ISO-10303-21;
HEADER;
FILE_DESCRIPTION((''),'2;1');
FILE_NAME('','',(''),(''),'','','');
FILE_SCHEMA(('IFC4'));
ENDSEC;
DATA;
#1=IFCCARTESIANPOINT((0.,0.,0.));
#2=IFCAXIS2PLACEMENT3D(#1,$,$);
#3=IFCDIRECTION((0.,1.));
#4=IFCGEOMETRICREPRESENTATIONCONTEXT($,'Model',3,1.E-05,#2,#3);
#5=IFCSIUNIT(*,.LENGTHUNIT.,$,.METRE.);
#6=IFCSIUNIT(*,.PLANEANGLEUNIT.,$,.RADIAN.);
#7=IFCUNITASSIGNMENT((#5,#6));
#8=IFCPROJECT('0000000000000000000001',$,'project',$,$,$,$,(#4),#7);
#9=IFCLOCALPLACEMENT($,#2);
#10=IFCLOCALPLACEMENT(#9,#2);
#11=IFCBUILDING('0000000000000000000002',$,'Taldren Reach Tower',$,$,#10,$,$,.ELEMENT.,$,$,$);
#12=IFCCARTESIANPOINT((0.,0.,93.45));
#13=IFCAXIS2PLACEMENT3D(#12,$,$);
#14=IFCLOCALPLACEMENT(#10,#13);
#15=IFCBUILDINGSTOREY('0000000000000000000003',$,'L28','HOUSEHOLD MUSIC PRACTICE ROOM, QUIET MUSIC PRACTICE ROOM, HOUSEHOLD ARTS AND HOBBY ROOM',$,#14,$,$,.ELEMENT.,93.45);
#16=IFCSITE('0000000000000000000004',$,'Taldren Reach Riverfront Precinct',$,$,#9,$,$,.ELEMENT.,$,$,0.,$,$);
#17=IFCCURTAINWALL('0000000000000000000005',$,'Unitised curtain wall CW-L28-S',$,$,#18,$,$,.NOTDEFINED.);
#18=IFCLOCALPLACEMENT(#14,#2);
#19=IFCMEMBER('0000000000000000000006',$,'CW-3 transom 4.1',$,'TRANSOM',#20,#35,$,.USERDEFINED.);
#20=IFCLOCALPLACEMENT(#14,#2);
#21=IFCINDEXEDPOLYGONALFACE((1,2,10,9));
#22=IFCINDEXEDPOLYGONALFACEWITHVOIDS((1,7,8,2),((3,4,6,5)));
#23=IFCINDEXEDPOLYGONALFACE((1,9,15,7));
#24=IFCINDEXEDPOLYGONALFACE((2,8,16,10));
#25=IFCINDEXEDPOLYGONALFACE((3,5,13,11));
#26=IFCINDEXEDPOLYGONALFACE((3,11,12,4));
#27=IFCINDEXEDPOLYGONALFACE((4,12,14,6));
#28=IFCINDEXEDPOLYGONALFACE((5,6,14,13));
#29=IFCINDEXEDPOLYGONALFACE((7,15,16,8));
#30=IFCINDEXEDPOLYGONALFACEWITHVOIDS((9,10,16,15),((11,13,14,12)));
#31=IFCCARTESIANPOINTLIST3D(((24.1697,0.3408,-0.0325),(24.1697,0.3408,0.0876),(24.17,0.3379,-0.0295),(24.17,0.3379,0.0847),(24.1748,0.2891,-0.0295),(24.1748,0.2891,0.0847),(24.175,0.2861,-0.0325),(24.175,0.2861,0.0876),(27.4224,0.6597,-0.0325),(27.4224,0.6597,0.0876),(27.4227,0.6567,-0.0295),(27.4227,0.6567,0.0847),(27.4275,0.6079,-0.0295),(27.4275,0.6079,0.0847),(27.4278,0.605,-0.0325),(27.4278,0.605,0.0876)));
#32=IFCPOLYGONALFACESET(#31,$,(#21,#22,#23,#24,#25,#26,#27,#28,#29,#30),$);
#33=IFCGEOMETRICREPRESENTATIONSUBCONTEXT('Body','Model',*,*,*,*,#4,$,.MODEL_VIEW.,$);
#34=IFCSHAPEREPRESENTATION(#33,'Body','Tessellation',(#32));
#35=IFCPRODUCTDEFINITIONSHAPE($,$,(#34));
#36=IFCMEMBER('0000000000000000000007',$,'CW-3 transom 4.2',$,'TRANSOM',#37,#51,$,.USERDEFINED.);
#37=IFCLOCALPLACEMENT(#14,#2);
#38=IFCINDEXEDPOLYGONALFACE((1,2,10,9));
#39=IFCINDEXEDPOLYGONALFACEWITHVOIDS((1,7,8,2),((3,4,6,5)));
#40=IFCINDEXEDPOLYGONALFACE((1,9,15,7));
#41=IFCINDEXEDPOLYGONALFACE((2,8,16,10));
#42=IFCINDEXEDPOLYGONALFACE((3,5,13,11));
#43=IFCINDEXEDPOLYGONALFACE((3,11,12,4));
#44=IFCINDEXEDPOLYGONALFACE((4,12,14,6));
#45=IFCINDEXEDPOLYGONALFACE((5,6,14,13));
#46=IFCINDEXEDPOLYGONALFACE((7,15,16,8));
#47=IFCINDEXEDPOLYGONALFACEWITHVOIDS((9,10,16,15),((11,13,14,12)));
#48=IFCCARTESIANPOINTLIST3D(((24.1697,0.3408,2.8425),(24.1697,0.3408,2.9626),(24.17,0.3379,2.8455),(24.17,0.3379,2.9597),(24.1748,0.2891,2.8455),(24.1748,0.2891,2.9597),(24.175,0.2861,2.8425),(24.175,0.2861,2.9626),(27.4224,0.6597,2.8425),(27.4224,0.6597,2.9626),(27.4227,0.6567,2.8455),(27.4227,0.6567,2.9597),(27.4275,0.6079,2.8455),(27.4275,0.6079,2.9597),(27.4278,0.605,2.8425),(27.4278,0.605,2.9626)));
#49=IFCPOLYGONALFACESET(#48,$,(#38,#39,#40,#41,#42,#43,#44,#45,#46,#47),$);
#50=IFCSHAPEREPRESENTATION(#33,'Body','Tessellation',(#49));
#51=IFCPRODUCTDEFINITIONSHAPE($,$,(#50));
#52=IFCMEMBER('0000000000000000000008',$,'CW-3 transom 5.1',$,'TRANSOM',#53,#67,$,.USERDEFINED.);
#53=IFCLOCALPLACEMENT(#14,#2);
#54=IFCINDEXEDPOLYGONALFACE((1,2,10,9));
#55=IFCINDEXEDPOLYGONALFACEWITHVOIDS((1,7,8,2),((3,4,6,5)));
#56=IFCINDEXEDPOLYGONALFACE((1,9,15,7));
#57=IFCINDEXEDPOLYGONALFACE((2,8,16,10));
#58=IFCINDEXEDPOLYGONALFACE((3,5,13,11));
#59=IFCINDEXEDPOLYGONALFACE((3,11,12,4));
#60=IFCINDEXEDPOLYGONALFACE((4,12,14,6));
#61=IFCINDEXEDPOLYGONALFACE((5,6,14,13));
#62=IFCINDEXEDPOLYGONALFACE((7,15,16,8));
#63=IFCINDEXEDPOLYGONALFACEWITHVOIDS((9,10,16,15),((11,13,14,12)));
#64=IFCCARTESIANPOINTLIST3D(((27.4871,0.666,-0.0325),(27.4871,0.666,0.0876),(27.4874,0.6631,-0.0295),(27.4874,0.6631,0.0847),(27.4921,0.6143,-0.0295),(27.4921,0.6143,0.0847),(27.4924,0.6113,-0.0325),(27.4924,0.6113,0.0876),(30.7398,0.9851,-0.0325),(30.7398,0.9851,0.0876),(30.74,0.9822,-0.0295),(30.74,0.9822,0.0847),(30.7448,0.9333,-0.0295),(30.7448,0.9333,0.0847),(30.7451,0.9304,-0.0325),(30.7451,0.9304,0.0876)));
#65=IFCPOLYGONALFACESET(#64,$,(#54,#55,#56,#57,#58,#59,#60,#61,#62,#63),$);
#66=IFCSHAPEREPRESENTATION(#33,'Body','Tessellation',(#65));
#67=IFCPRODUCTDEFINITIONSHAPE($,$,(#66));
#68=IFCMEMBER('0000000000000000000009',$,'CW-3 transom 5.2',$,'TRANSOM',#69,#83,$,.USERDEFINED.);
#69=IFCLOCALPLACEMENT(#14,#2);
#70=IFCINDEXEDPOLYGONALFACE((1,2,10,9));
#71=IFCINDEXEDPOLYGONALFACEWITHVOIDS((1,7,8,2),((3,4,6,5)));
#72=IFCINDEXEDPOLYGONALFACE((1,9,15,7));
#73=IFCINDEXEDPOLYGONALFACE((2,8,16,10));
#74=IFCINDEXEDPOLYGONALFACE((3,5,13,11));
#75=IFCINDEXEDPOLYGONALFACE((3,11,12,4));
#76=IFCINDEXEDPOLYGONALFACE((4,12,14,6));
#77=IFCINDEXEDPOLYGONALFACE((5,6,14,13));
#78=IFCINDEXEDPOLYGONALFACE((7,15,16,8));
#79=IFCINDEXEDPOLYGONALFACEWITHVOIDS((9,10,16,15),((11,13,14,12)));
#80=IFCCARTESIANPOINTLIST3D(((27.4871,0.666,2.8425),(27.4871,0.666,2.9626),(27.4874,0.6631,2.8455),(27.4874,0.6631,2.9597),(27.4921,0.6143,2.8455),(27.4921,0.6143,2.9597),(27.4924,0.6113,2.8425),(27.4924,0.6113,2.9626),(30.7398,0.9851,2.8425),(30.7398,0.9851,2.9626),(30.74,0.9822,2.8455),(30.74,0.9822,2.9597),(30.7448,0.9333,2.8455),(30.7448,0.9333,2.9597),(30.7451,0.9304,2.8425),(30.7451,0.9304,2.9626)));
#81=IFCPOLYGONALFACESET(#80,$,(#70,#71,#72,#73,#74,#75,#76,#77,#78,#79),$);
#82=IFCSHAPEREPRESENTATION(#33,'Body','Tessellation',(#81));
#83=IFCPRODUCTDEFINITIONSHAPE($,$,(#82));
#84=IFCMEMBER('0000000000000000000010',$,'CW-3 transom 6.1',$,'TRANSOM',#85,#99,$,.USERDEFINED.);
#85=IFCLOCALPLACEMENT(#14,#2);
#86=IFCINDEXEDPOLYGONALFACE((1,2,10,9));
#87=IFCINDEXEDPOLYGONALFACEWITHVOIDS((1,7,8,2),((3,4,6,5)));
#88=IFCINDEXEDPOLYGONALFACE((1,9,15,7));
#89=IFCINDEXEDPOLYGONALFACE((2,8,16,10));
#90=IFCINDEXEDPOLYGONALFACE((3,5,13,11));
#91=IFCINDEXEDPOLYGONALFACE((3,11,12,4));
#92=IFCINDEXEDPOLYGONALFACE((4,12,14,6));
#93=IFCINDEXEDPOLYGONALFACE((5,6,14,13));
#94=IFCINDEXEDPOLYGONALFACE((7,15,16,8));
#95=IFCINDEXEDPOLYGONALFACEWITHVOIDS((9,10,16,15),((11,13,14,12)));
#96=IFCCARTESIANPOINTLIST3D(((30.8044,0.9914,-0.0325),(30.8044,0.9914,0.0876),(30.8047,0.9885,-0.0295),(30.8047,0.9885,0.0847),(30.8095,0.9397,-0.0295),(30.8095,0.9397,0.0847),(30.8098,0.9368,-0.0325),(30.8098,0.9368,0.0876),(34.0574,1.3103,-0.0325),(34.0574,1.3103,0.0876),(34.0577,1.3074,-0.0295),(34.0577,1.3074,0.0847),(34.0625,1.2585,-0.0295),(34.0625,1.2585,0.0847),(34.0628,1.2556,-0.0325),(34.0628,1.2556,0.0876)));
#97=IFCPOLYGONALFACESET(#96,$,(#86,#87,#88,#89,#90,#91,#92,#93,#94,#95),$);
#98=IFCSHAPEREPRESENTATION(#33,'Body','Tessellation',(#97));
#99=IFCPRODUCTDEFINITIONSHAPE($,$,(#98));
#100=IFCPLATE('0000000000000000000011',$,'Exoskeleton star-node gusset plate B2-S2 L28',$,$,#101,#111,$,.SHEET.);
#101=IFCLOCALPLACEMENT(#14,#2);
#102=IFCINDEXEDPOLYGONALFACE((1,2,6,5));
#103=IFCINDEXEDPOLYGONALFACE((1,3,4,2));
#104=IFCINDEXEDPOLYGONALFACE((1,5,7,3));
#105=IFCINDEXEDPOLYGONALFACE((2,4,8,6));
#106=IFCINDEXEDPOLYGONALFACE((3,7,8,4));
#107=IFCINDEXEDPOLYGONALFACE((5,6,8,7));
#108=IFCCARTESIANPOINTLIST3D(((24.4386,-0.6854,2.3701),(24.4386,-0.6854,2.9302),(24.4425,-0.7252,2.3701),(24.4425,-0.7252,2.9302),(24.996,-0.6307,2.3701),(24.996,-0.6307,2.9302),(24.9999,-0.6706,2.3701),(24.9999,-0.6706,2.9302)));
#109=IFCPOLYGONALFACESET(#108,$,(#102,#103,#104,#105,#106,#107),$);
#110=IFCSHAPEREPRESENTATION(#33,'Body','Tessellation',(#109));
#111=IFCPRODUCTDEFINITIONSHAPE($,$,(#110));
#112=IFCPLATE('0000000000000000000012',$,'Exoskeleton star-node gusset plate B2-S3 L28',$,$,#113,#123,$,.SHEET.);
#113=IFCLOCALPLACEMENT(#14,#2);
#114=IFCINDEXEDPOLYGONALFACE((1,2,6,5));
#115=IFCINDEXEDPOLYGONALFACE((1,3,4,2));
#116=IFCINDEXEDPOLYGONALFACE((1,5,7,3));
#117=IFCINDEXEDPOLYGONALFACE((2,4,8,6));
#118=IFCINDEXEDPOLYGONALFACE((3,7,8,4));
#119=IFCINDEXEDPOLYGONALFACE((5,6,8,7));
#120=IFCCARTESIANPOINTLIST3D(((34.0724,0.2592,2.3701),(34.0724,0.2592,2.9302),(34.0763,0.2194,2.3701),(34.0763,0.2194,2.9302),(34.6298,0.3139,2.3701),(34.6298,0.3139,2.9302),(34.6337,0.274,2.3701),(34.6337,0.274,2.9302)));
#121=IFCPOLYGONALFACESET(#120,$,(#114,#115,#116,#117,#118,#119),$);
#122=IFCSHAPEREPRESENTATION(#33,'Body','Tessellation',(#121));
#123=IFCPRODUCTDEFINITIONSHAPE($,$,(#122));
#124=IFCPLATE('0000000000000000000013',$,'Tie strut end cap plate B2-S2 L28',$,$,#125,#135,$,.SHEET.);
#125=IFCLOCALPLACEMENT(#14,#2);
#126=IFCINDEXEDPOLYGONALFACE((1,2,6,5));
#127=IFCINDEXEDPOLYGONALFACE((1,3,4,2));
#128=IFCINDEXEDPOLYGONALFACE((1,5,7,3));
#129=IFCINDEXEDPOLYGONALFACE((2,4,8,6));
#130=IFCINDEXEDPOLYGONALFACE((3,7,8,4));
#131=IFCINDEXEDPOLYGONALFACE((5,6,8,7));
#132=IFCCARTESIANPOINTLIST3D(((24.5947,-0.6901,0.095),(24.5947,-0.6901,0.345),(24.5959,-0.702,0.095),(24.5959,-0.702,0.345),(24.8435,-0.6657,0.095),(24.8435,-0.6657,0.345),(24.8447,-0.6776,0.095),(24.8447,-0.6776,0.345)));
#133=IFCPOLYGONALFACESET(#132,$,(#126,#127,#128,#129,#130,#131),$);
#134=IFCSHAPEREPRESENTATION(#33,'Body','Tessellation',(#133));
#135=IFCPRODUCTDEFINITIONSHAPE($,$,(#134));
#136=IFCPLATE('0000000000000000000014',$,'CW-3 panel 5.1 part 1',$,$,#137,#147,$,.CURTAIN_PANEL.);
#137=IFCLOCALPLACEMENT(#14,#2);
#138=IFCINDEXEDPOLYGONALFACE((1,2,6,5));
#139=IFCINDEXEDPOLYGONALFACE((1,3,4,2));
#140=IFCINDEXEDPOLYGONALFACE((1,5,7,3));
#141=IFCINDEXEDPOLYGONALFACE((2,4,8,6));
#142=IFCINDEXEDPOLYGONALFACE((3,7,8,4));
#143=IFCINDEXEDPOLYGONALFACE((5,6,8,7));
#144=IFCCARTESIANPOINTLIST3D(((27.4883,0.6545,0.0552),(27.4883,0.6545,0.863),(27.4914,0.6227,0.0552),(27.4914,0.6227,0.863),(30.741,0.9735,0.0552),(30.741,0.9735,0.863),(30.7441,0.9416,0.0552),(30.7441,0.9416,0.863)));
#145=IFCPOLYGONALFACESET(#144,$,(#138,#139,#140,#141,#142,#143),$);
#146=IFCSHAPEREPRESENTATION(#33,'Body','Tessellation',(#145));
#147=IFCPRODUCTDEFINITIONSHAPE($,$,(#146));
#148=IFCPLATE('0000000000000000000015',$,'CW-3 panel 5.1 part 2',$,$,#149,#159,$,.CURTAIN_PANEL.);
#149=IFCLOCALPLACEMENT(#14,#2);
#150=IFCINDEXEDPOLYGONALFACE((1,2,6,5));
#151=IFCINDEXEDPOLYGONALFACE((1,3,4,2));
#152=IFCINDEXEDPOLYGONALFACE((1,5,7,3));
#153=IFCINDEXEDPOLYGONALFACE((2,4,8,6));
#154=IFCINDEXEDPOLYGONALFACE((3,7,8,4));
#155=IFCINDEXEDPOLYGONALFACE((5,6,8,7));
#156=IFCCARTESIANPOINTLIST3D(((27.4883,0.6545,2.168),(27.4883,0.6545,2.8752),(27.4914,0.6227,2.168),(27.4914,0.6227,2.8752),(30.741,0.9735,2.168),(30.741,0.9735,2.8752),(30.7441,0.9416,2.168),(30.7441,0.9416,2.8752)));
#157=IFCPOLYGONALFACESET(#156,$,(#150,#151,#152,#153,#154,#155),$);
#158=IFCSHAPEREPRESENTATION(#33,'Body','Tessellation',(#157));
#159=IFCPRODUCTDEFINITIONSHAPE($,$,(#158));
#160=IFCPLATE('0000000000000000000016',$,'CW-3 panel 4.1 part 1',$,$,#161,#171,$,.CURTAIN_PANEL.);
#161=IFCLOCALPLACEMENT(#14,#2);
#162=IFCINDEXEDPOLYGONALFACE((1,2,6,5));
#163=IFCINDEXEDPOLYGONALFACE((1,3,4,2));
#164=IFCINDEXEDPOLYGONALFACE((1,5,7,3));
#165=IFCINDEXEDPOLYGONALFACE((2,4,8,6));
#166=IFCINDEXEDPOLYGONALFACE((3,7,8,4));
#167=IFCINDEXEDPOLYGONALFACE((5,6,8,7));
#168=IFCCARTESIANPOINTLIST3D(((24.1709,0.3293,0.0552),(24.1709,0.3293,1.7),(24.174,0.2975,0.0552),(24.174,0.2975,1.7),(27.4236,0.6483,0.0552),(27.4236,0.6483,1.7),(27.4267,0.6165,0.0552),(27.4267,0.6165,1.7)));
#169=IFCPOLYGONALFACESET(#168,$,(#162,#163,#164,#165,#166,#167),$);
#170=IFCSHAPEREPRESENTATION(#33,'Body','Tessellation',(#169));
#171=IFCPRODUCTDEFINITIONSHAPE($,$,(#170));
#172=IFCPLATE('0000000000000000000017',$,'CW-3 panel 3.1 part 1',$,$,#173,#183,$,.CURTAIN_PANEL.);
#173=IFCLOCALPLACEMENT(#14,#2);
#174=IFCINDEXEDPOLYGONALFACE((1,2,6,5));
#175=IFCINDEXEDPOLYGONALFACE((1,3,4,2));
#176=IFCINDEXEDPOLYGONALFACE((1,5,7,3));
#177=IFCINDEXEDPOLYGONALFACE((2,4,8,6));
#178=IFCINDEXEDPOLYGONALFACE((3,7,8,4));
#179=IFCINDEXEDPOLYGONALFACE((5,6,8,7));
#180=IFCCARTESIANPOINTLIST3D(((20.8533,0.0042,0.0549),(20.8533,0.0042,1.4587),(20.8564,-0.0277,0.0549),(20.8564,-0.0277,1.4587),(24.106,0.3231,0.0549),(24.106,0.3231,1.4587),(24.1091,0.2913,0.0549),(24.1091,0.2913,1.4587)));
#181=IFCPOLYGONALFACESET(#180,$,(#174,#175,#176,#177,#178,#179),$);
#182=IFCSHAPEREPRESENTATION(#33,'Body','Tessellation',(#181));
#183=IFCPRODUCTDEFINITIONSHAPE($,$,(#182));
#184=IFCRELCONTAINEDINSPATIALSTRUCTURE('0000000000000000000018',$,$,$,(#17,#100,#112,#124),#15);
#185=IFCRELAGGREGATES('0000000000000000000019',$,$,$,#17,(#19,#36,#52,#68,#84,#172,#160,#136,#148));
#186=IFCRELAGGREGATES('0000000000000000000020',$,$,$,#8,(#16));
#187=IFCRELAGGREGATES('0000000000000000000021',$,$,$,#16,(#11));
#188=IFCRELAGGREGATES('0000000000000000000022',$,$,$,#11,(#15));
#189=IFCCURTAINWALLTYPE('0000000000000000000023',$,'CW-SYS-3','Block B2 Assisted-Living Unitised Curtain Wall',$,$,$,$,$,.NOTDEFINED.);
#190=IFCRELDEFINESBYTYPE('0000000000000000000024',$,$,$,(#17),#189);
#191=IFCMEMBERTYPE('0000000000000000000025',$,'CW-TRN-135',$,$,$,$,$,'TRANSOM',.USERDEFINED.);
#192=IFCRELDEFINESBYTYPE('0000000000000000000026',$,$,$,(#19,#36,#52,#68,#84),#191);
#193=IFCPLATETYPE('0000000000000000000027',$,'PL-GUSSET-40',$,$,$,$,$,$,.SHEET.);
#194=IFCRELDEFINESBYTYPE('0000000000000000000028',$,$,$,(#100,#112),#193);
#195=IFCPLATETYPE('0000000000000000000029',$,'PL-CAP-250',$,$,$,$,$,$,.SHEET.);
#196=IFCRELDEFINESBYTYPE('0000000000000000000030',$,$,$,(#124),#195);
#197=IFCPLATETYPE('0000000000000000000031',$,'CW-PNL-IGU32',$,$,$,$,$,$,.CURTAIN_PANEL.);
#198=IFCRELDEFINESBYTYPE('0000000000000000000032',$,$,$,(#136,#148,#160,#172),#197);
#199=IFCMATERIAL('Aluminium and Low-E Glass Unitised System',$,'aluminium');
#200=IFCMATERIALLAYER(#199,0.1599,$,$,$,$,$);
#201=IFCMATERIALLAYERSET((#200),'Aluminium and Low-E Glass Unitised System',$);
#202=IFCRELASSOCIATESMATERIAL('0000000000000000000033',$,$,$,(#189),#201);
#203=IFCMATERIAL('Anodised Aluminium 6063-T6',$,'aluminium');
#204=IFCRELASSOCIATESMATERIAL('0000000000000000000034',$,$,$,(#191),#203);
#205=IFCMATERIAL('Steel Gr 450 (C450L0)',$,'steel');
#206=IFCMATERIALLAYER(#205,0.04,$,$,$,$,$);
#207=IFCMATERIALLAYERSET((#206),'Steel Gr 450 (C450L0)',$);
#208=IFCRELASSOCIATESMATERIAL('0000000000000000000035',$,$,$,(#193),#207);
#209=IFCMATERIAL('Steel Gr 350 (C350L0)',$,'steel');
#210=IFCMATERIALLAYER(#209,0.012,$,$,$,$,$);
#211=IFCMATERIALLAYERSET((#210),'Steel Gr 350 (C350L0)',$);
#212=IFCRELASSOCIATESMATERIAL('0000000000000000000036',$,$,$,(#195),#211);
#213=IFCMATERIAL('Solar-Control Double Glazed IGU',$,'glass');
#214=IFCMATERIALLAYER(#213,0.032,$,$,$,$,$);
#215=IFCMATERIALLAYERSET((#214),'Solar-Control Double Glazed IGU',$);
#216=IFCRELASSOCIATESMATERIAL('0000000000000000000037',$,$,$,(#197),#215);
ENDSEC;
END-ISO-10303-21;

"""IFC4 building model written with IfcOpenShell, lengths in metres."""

from ifc_helpers import new_model, si_unit, direction, frame, origin, origin_2d, place, context, subcontext, project, spatial, rectangle, hollow_rectangle, extrude, source, transform, mapped, material, layer, layer_set, material_profile, profile_set, type_object, element, aggregate, save


model = new_model("IFC4")

# Units and contexts
model_context = context("Model", 3, precision=1e-05, world=origin(), true_north=direction((0.0, 1.0)))
body_context = subcontext(model_context, "Body", "Model", "MODEL_VIEW")
ifc_project = project(units=[si_unit("LENGTHUNIT", "METRE"), si_unit("PLANEANGLEUNIT", "RADIAN")], contexts=[model_context])

# Site, building, storey
site_placement = place(None, origin())
site = spatial("IfcSite", under=ifc_project, at=site_placement, Name="Taldren Reach Riverfront Precinct", CompositionType="ELEMENT", RefElevation=0.0)
building_placement = place(site_placement, origin())
building = spatial("IfcBuilding", under=site, at=building_placement, Name="Taldren Reach Tower", CompositionType="ELEMENT")
storey_placement = place(building_placement, frame((0.0, 0.0, 93.45)))
storey = spatial("IfcBuildingStorey", under=building, at=storey_placement, Name="L28", Description="HOUSEHOLD MUSIC PRACTICE ROOM, QUIET MUSIC PRACTICE ROOM, HOUSEHOLD ARTS AND HOBBY ROOM", CompositionType="ELEMENT", Elevation=93.45)

# Shared definitions
ifc_material_1 = material(Name="Steel Gr 450 (C450L0)", Category="steel")
ifc_material_2 = material(Name="Steel Gr 350 (C350L0)", Category="steel")

# Curtain wall, members
ifc_material_3 = material(Name="Aluminium and Low-E Glass Unitised System", Category="aluminium")
ifc_layer_1 = layer(ifc_material_3, 0.1599)
ifc_layer_set_1 = layer_set([ifc_layer_1], Name="Aluminium and Low-E Glass Unitised System")
curtain_wall_type = type_object("IfcCurtainWallType", Name="CW-SYS-3", Description="Block B2 Assisted-Living Unitised Curtain Wall", PredefinedType="NOTDEFINED", material=ifc_layer_set_1)
curtain_wall_placement = place(storey_placement, origin())
curtain_wall = element("IfcCurtainWall", 1, at=curtain_wall_placement, inside=storey, type_object=curtain_wall_type, Name="Unitised curtain wall CW-L28-S", PredefinedType="NOTDEFINED")
ifc_material_4 = material(Name="Anodised Aluminium 6063-T6", Category="aluminium")
ifc_material_profile_1 = material_profile(ifc_material_4, hollow_rectangle(XDim=0.0549, YDim=0.1201, WallThickness=0.0029, at=origin_2d()), Name="ALU-120x55x3RHS")
ifc_profile_set_1 = profile_set([ifc_material_profile_1], Name="Anodised Aluminium 6063-T6")
member_type_1 = type_object("IfcMemberType", Name="CW-TRN-135", ElementType="TRANSOM", PredefinedType="USERDEFINED", material=ifc_profile_set_1)
shared_shape_1 = source(origin(), body_context, "Body", "SweptSolid", [
    extrude(hollow_rectangle(XDim=0.0549, YDim=0.1201, WallThickness=0.0029, at=origin_2d()), origin(), (0.0, 0.0, 1.0), 3.2683),
])
member_1_placement = place(storey_placement, frame((24.1724, 0.3135, 0.0276), z_axis=(0.99523, 0.097558, 0.0), x_axis=(-0.097558, 0.99523, 0.0)))
member_1 = element("IfcMember", 2, at=member_1_placement, type_object=member_type_1, Name="CW-3 transom 4.1", ObjectType="TRANSOM", PredefinedType="USERDEFINED", context=body_context, shape_type="MappedRepresentation", body=[
    mapped(shared_shape_1, transform((0.0, 0.0, 0.0), scale=1.0)),
])
member_2_placement = place(storey_placement, frame((24.1724, 0.3135, 2.9026), z_axis=(0.99523, 0.097558, 0.0), x_axis=(-0.097558, 0.99523, 0.0)))
member_2 = element("IfcMember", 3, at=member_2_placement, type_object=member_type_1, Name="CW-3 transom 4.2", ObjectType="TRANSOM", PredefinedType="USERDEFINED", context=body_context, shape_type="MappedRepresentation", body=[
    mapped(shared_shape_1, transform((0.0, 0.0, 0.0), scale=1.0)),
])
member_3_placement = place(storey_placement, frame((27.4897, 0.6387, 0.0276), z_axis=(0.995223, 0.097632, 0.0), x_axis=(-0.097632, 0.995223, 0.0)))
member_3 = element("IfcMember", 4, at=member_3_placement, type_object=member_type_1, Name="CW-3 transom 5.1", ObjectType="TRANSOM", PredefinedType="USERDEFINED", context=body_context, shape_type="MappedRepresentation", body=[
    mapped(shared_shape_1, transform((0.0, 0.0, 0.0), scale=1.0)),
])
member_4_placement = place(storey_placement, frame((27.4897, 0.6387, 2.9026), z_axis=(0.995223, 0.097632, 0.0), x_axis=(-0.097632, 0.995223, 0.0)))
member_4 = element("IfcMember", 5, at=member_4_placement, type_object=member_type_1, Name="CW-3 transom 5.2", ObjectType="TRANSOM", PredefinedType="USERDEFINED", context=body_context, shape_type="MappedRepresentation", body=[
    mapped(shared_shape_1, transform((0.0, 0.0, 0.0), scale=1.0)),
])
shared_shape_2 = source(origin(), body_context, "Body", "SweptSolid", [
    extrude(hollow_rectangle(XDim=0.0549, YDim=0.1201, WallThickness=0.0029, at=origin_2d()), origin(), (0.0, 0.0, 1.0), 3.2686),
])
member_5_placement = place(storey_placement, frame((30.8071, 0.9641, 0.0276), z_axis=(0.995231, 0.097551, 0.0), x_axis=(-0.097551, 0.995231, 0.0)))
member_5 = element("IfcMember", 6, at=member_5_placement, type_object=member_type_1, Name="CW-3 transom 6.1", ObjectType="TRANSOM", PredefinedType="USERDEFINED", context=body_context, shape_type="MappedRepresentation", body=[
    mapped(shared_shape_2, transform((0.0, 0.0, 0.0), scale=1.0)),
])

# Plates
ifc_layer_2 = layer(ifc_material_1, 0.04)
ifc_layer_set_2 = layer_set([ifc_layer_2], Name="Steel Gr 450 (C450L0)")
plate_type_1 = type_object("IfcPlateType", Name="PL-GUSSET-40", PredefinedType="SHEET", material=ifc_layer_set_2)
shared_shape_3 = source(origin(), body_context, "Body", "SweptSolid", [
    extrude(rectangle(XDim=0.5601, YDim=0.04, at=origin_2d()), origin(), (0.0, 0.0, 1.0), 0.5601),
])
for number, where, z_axis, x_axis, name in (
    (7, (24.7192, -0.678, 2.3701), (0.0, 0.0, 1.0), (0.995227, 0.097583, 0.0), "Exoskeleton star-node gusset plate B2-S2 L28"),
    (8, (34.353, 0.2666, 2.3701), (0.0, 0.0, 1.0), (0.995227, 0.097583, 0.0), "Exoskeleton star-node gusset plate B2-S3 L28"),
):
    element("IfcPlate", number, at=place(storey_placement, frame(where, z_axis=z_axis, x_axis=x_axis)), inside=storey, type_object=plate_type_1, Name=name, PredefinedType="SHEET", context=body_context, shape_type="MappedRepresentation", body=[
        mapped(shared_shape_3, transform((0.0, 0.0, 0.0), scale=1.0)),
    ])
ifc_layer_3 = layer(ifc_material_2, 0.012)
ifc_layer_set_3 = layer_set([ifc_layer_3], Name="Steel Gr 350 (C350L0)")
plate_type_2 = type_object("IfcPlateType", Name="PL-CAP-250", PredefinedType="SHEET", material=ifc_layer_set_3)
shared_shape_4 = source(origin(), body_context, "Body", "SweptSolid", [
    extrude(rectangle(XDim=0.25, YDim=0.012, at=origin_2d()), origin(), (0.0, 0.0, 1.0), 0.25),
])
plate_1_placement = place(storey_placement, frame((24.7197, -0.6838, 0.095), z_axis=(0.0, 0.0, 1.0), x_axis=(0.995227, 0.097583, 0.0)))
element("IfcPlate", 9, at=plate_1_placement, inside=storey, type_object=plate_type_2, Name="Tie strut end cap plate B2-S2 L28", PredefinedType="SHEET", context=body_context, shape_type="MappedRepresentation", body=[
    mapped(shared_shape_4, transform((0.0, 0.0, 0.0), scale=1.0)),
])

# Plates
ifc_material_5 = material(Name="Solar-Control Double Glazed IGU", Category="glass")
ifc_layer_4 = layer(ifc_material_5, 0.032)
ifc_layer_set_4 = layer_set([ifc_layer_4], Name="Solar-Control Double Glazed IGU")
plate_type_3 = type_object("IfcPlateType", Name="CW-PNL-IGU32", PredefinedType="CURTAIN_PANEL", material=ifc_layer_set_4)
shared_shape_5 = source(origin(), body_context, "Body", "SweptSolid", [
    extrude(rectangle(XDim=3.2683, YDim=0.032, at=origin_2d()), origin(), (0.0, 0.0, 1.0), 0.8079),
])
plate_2_placement = place(storey_placement, frame((29.1162, 0.7981, 0.0552), z_axis=(0.0, 0.0, 1.0), x_axis=(0.995227, 0.097583, 0.0)))
plate_2 = element("IfcPlate", 10, at=plate_2_placement, type_object=plate_type_3, Name="CW-3 panel 5.1 part 1", PredefinedType="CURTAIN_PANEL", context=body_context, shape_type="MappedRepresentation", body=[
    mapped(shared_shape_5, transform((0.0, 0.0, 0.0), scale=1.0)),
])
shared_shape_6 = source(origin(), body_context, "Body", "SweptSolid", [
    extrude(rectangle(XDim=3.2683, YDim=0.032, at=origin_2d()), origin(), (0.0, 0.0, 1.0), 0.7073),
])
plate_3_placement = place(storey_placement, frame((29.1162, 0.7981, 2.168), z_axis=(0.0, 0.0, 1.0), x_axis=(0.995227, 0.097583, 0.0)))
plate_3 = element("IfcPlate", 11, at=plate_3_placement, type_object=plate_type_3, Name="CW-3 panel 5.1 part 2", PredefinedType="CURTAIN_PANEL", context=body_context, shape_type="MappedRepresentation", body=[
    mapped(shared_shape_6, transform((0.0, 0.0, 0.0), scale=1.0)),
])
shared_shape_7 = source(origin(), body_context, "Body", "SweptSolid", [
    extrude(rectangle(XDim=3.2683, YDim=0.032, at=origin_2d()), origin(), (0.0, 0.0, 1.0), 1.6448),
])
plate_4_placement = place(storey_placement, frame((25.7988, 0.4729, 0.0552), z_axis=(0.0, 0.0, 1.0), x_axis=(0.995227, 0.097583, 0.0)))
plate_4 = element("IfcPlate", 12, at=plate_4_placement, type_object=plate_type_3, Name="CW-3 panel 4.1 part 1", PredefinedType="CURTAIN_PANEL", context=body_context, shape_type="MappedRepresentation", body=[
    mapped(shared_shape_7, transform((0.0, 0.0, 0.0), scale=1.0)),
])
shared_shape_8 = source(origin(), body_context, "Body", "SweptSolid", [
    extrude(rectangle(XDim=3.2683, YDim=0.032, at=origin_2d()), origin(), (0.0, 0.0, 1.0), 1.4038),
])
plate_5_placement = place(storey_placement, frame((22.4812, 0.1477, 0.0549), z_axis=(0.0, 0.0, 1.0), x_axis=(0.995227, 0.097583, 0.0)))
plate_5 = element("IfcPlate", 13, at=plate_5_placement, type_object=plate_type_3, Name="CW-3 panel 3.1 part 1", PredefinedType="CURTAIN_PANEL", context=body_context, shape_type="MappedRepresentation", body=[
    mapped(shared_shape_8, transform((0.0, 0.0, 0.0), scale=1.0)),
])
aggregate(curtain_wall, [member_1, member_2, member_3, member_4, member_5, plate_5, plate_4, plate_2, plate_3])

save(model, "model.ifc")
